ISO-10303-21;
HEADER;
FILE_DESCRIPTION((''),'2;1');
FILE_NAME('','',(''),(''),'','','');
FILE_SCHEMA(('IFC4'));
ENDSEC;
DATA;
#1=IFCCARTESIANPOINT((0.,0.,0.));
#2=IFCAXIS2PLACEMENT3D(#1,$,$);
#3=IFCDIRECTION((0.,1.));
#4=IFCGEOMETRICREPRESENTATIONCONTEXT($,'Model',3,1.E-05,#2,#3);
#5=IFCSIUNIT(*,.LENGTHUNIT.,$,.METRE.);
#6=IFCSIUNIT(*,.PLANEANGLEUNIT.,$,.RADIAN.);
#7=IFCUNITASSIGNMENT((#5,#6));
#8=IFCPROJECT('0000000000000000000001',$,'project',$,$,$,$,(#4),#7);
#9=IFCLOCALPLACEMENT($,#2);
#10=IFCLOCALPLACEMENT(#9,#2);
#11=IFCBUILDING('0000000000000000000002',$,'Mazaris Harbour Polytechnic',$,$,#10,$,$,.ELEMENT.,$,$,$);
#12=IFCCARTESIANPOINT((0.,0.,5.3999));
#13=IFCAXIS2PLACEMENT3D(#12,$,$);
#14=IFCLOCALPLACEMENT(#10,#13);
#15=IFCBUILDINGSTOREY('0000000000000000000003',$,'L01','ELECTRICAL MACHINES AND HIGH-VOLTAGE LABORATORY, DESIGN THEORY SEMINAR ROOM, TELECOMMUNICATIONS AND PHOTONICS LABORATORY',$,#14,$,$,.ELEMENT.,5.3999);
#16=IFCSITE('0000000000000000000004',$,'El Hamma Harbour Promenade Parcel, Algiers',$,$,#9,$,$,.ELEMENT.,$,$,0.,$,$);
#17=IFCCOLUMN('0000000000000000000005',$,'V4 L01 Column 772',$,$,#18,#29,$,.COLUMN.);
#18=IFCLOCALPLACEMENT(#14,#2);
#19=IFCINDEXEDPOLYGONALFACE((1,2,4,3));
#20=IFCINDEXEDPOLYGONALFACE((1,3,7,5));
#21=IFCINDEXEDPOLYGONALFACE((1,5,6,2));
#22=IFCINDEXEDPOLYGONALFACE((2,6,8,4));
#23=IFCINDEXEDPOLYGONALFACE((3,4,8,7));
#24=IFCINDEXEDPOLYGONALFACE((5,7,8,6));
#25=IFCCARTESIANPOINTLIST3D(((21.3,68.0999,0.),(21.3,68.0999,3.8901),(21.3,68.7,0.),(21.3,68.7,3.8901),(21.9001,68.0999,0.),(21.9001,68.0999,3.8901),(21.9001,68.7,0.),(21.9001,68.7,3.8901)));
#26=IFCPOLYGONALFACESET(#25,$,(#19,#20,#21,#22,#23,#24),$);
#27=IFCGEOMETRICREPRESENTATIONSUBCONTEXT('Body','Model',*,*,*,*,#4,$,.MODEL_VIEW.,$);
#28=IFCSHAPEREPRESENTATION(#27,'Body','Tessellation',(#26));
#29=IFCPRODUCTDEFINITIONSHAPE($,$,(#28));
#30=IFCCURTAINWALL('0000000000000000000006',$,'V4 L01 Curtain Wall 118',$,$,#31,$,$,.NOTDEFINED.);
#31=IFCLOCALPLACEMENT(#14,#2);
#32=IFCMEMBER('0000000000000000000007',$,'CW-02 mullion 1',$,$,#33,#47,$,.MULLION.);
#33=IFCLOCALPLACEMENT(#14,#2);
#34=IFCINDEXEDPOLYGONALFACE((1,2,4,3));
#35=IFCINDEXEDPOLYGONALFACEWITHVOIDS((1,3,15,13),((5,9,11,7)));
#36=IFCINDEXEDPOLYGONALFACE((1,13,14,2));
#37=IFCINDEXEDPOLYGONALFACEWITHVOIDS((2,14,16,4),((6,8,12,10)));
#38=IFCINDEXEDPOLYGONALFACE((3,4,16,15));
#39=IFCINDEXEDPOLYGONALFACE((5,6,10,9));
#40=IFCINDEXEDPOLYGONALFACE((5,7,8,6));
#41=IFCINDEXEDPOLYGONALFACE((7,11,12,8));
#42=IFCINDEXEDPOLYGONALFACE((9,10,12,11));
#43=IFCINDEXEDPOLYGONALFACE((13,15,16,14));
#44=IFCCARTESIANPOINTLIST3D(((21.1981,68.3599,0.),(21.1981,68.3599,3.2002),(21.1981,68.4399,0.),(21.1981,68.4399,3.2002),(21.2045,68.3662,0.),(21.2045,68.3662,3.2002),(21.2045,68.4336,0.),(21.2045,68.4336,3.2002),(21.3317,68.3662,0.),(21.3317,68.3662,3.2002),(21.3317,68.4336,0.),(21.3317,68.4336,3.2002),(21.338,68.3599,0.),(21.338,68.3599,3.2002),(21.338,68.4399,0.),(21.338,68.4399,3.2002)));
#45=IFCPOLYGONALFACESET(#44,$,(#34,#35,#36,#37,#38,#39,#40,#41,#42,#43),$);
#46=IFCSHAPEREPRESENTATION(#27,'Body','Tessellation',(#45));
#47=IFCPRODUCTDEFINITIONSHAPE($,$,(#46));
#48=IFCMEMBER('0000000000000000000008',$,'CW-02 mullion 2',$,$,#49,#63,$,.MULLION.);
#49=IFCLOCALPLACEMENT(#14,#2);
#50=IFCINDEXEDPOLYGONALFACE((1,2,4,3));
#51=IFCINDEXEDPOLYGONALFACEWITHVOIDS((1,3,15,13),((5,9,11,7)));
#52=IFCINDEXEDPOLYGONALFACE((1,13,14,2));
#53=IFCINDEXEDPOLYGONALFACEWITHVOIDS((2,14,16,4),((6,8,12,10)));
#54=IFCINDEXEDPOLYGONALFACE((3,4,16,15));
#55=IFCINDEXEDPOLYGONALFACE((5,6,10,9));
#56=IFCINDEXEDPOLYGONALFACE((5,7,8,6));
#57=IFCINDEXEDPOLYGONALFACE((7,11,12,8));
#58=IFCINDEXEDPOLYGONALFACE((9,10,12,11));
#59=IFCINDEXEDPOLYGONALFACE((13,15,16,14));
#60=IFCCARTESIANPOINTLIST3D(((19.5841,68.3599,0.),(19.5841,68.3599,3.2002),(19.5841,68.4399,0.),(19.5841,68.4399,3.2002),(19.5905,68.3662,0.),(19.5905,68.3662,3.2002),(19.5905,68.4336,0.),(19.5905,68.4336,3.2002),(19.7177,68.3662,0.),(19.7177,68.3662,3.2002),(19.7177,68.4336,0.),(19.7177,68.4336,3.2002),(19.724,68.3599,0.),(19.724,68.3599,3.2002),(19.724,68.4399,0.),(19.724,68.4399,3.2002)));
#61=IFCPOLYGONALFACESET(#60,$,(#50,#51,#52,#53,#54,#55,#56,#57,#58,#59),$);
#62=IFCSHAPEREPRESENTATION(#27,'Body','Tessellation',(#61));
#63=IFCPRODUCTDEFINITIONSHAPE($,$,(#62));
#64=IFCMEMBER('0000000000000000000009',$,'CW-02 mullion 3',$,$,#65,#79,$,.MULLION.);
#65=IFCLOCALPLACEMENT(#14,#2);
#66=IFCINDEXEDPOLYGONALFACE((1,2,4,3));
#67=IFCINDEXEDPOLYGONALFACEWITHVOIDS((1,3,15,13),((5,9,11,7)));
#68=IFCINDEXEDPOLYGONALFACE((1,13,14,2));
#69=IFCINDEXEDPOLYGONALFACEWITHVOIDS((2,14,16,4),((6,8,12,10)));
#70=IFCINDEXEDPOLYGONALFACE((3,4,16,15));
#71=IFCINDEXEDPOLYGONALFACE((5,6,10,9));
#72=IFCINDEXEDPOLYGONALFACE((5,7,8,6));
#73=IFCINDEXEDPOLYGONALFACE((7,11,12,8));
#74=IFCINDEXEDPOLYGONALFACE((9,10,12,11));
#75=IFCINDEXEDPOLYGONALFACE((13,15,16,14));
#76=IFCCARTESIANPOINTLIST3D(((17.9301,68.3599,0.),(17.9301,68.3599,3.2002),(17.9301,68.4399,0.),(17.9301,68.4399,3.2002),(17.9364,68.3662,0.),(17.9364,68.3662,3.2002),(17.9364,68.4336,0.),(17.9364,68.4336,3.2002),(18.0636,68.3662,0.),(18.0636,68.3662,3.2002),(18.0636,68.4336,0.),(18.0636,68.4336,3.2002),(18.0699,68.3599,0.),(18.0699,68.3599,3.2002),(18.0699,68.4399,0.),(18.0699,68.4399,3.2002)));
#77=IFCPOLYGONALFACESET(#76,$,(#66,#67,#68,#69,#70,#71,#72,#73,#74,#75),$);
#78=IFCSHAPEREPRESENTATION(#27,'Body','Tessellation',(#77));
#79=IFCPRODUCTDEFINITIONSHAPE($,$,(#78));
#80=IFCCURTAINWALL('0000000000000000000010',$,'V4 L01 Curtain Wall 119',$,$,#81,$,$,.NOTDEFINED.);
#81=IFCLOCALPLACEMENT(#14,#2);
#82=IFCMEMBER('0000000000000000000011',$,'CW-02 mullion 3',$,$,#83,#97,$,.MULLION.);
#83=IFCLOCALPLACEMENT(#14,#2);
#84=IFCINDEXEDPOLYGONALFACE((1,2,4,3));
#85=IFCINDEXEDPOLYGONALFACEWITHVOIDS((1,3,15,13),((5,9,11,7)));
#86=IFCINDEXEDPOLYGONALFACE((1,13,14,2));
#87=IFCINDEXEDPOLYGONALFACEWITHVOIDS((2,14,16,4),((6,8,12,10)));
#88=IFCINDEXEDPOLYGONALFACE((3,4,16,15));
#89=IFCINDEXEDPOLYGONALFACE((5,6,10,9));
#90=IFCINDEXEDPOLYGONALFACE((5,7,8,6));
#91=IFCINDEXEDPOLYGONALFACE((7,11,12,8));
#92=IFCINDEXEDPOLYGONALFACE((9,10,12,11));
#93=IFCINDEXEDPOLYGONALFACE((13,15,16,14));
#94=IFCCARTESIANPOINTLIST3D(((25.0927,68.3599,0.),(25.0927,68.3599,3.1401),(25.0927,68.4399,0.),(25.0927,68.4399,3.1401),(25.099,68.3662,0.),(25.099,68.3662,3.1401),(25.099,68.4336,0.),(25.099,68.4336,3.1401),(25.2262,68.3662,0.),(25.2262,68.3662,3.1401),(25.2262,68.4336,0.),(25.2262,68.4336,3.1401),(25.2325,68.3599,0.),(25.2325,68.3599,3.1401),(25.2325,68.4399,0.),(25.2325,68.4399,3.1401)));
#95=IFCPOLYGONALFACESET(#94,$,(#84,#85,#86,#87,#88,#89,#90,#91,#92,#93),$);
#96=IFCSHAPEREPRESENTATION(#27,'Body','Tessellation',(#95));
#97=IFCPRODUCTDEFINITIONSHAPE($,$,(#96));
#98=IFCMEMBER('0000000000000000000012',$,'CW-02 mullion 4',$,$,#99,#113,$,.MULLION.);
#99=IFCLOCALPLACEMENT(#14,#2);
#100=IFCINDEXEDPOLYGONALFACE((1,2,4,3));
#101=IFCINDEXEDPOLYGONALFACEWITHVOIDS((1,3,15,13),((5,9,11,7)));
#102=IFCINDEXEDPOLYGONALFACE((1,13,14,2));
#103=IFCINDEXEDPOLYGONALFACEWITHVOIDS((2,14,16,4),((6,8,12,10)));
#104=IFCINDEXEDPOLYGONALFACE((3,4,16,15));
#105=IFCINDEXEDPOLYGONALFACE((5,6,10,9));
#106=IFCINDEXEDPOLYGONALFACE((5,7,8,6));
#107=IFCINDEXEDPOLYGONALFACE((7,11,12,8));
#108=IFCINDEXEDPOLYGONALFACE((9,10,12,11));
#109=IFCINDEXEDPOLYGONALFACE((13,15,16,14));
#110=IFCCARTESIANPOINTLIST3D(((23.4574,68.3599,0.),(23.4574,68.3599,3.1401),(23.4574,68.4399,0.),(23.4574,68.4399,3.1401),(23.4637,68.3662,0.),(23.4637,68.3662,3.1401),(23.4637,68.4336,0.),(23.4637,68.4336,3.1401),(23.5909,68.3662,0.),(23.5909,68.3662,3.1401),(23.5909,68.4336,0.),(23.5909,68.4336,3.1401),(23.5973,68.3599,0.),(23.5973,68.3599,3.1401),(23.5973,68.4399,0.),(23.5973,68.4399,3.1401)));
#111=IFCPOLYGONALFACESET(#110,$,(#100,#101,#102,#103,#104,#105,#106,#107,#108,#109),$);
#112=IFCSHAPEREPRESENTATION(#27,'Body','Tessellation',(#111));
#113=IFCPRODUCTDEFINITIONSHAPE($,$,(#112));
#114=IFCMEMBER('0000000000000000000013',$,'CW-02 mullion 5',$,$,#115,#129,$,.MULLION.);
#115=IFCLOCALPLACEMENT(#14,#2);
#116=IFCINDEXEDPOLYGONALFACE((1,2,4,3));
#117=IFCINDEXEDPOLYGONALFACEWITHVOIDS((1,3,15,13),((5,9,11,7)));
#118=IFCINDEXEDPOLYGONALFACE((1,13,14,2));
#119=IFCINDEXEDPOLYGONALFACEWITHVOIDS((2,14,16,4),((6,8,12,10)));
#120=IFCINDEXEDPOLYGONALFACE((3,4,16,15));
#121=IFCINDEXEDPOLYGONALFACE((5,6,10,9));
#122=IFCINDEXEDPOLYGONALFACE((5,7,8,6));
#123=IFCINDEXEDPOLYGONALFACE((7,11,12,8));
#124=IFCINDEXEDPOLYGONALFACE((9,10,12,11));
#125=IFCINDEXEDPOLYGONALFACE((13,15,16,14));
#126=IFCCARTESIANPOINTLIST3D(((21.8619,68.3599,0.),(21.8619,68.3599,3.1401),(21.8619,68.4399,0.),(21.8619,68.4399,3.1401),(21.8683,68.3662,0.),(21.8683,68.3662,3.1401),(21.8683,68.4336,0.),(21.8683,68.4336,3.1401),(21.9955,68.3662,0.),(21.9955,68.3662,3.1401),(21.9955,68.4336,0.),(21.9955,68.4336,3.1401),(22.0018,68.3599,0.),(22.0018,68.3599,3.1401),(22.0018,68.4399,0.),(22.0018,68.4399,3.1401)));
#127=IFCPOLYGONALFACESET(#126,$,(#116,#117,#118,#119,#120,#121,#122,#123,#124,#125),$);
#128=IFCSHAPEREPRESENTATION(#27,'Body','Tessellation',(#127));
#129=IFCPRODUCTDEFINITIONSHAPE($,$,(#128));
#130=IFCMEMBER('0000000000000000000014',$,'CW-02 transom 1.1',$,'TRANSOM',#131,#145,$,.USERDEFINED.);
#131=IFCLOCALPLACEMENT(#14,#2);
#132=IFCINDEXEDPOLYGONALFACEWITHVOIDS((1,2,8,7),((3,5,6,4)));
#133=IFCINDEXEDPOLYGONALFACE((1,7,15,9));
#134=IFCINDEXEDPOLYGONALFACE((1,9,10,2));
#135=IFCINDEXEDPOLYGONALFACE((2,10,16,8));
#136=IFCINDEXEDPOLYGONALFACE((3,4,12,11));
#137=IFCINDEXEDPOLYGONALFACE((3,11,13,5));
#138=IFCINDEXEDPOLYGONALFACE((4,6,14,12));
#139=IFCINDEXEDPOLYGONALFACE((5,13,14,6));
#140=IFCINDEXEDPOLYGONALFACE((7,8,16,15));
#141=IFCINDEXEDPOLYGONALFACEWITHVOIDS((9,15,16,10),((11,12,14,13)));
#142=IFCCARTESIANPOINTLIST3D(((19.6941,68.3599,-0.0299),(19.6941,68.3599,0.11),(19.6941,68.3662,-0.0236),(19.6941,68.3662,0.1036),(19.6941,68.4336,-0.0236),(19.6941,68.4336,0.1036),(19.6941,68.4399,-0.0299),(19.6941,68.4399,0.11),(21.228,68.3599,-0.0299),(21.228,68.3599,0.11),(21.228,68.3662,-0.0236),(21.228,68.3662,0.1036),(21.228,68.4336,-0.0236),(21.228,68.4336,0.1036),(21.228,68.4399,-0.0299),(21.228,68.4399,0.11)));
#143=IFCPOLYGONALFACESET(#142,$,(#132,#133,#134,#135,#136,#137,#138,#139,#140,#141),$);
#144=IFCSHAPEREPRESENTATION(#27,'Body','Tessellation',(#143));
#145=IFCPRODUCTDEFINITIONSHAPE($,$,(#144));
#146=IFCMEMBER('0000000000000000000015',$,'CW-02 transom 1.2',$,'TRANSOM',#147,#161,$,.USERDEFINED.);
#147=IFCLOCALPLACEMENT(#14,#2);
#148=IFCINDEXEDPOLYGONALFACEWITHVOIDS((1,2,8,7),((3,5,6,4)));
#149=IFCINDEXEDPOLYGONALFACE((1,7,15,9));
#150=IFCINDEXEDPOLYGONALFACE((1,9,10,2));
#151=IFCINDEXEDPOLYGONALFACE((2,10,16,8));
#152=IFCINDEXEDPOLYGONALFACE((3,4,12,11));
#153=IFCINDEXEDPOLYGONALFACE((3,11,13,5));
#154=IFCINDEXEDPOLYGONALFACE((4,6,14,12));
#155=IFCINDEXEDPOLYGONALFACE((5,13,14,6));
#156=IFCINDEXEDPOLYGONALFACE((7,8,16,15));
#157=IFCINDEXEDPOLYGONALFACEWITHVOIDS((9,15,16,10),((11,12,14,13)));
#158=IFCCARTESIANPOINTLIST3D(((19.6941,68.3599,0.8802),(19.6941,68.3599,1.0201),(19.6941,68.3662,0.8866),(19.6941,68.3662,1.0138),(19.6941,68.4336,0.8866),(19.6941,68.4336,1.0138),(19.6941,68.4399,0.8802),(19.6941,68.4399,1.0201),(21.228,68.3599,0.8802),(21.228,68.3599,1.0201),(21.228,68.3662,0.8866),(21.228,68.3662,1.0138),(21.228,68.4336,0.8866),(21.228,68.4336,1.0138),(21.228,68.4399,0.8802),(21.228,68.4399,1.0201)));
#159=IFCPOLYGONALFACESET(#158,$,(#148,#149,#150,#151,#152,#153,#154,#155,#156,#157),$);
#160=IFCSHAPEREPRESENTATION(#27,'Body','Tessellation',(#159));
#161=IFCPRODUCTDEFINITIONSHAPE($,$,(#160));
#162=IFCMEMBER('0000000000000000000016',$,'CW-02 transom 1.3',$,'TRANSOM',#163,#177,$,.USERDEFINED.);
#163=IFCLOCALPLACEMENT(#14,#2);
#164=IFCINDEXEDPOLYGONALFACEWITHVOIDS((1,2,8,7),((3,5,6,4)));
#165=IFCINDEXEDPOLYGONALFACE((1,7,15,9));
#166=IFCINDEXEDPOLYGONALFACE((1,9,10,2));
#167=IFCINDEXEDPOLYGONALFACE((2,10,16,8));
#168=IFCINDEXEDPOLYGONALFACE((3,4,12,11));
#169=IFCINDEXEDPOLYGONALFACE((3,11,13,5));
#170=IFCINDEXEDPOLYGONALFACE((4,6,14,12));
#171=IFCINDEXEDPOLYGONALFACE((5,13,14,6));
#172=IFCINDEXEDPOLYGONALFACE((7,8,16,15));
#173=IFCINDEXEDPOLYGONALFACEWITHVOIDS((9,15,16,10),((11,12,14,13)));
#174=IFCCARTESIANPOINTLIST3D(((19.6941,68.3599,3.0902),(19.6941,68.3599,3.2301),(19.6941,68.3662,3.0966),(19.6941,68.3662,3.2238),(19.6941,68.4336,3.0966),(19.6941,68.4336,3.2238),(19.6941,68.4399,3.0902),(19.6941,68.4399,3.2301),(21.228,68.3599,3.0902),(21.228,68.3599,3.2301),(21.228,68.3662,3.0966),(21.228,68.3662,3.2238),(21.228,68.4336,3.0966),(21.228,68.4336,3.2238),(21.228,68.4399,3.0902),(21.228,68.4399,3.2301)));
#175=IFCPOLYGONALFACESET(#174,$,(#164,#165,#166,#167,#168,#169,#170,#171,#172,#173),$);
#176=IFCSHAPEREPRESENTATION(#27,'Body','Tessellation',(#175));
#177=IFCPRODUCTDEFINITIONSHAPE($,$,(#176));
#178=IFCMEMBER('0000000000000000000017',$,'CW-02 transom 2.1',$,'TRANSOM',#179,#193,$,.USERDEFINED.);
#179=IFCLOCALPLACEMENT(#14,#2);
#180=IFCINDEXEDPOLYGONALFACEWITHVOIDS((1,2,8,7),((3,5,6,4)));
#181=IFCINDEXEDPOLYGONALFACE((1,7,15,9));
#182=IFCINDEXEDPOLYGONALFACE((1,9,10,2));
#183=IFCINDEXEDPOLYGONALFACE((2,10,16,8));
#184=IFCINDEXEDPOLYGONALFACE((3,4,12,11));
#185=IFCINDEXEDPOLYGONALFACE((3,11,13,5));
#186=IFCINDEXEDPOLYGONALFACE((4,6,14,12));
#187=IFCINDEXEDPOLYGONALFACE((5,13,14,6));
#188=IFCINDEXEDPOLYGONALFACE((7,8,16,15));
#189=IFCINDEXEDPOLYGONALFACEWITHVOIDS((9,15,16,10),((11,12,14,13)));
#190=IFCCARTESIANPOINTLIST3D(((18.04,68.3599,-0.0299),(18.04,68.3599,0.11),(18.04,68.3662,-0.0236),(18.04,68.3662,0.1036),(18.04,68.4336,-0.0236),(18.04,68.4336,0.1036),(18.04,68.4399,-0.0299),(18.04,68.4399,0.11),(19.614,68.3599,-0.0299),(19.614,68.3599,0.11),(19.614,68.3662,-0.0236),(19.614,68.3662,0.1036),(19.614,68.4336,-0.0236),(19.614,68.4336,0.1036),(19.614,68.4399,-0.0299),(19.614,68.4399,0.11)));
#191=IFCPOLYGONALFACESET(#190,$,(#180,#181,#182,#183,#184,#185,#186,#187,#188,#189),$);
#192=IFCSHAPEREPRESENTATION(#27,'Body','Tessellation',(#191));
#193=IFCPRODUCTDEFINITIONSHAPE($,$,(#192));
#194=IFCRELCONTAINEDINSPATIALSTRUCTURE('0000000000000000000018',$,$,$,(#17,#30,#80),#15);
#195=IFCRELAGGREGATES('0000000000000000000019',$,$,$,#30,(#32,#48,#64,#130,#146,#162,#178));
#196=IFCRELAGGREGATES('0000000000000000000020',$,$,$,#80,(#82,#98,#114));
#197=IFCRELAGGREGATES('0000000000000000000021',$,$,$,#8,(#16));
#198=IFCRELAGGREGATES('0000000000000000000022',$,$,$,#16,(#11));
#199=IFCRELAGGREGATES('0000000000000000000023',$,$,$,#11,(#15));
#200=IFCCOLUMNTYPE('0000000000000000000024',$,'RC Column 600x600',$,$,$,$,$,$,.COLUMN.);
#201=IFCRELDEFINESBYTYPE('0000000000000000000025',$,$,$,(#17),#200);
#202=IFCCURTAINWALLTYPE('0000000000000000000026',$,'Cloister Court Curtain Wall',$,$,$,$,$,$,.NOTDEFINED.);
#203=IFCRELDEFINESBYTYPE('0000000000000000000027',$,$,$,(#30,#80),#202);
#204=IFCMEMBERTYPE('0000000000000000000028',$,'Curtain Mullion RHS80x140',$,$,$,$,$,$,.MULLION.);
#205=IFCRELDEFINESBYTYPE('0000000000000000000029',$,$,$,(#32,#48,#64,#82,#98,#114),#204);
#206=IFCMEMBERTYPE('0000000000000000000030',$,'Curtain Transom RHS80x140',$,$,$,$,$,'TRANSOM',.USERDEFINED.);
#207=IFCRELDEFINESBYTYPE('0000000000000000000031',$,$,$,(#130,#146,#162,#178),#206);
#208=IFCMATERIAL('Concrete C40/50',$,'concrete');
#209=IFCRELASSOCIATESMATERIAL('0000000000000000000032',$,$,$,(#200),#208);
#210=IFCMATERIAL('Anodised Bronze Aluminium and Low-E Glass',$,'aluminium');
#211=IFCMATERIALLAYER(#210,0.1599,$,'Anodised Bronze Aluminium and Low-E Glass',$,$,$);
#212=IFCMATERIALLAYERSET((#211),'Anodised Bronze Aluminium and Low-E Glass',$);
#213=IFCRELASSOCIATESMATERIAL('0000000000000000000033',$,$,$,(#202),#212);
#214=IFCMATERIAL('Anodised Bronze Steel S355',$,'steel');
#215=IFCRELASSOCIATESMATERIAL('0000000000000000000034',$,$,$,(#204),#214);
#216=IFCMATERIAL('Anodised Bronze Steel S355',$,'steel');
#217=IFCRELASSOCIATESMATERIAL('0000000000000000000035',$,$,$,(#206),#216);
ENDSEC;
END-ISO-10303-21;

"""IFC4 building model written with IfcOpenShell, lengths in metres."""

from ifc_helpers import new_model, si_unit, direction, frame, origin, origin_2d, place, context, subcontext, project, spatial, rectangle, hollow_rectangle, extrude, material, layer, layer_set, material_profile, profile_set, type_object, element, aggregate, save


model = new_model("IFC4")

# Units and contexts
model_context = context("Model", 3, precision=1e-05, world=origin(), true_north=direction((0.0, 1.0)))
body_context = subcontext(model_context, "Body", "Model", "MODEL_VIEW")
ifc_project = project(units=[si_unit("LENGTHUNIT", "METRE"), si_unit("PLANEANGLEUNIT", "RADIAN")], contexts=[model_context])

# Site, building, storey
site_placement = place(None, origin())
site = spatial("IfcSite", under=ifc_project, at=site_placement, Name="El Hamma Harbour Promenade Parcel, Algiers", CompositionType="ELEMENT", RefElevation=0.0)
building_placement = place(site_placement, origin())
building = spatial("IfcBuilding", under=site, at=building_placement, Name="Mazaris Harbour Polytechnic", CompositionType="ELEMENT")
storey_placement = place(building_placement, frame((0.0, 0.0, 5.3999)))
storey = spatial("IfcBuildingStorey", under=building, at=storey_placement, Name="L01", Description="ELECTRICAL MACHINES AND HIGH-VOLTAGE LABORATORY, DESIGN THEORY SEMINAR ROOM, TELECOMMUNICATIONS AND PHOTONICS LABORATORY", CompositionType="ELEMENT", Elevation=5.3999)

# Column
ifc_material_1 = material(Name="Concrete C40/50", Category="concrete")
ifc_material_profile_1 = material_profile(ifc_material_1, rectangle(XDim=0.6001, YDim=0.6001, at=origin_2d()), Name="RECT600x600")
ifc_profile_set_1 = profile_set([ifc_material_profile_1], Name="Concrete C40/50")
column_type = type_object("IfcColumnType", Name="RC Column 600x600", PredefinedType="COLUMN", material=ifc_profile_set_1)
column_placement = place(storey_placement, frame((21.6001, 68.3999, 0.0), z_axis=(0.0, 0.0, 1.0), x_axis=(1.0, 0.0, 0.0)))
element("IfcColumn", 1, at=column_placement, inside=storey, type_object=column_type, Name="V4 L01 Column 772", PredefinedType="COLUMN", context=body_context, shape_type="SweptSolid", body=[
    extrude(rectangle(XDim=0.6001, YDim=0.6001, at=origin_2d()), origin(), (0.0, 0.0, 1.0), 3.8901),
])

# Curtain walls, members
ifc_material_2 = material(Name="Anodised Bronze Aluminium and Low-E Glass", Category="aluminium")
ifc_layer_1 = layer(ifc_material_2, 0.1599, Name="Anodised Bronze Aluminium and Low-E Glass")
ifc_layer_set_1 = layer_set([ifc_layer_1], Name="Anodised Bronze Aluminium and Low-E Glass")
curtain_wall_type = type_object("IfcCurtainWallType", Name="Cloister Court Curtain Wall", PredefinedType="NOTDEFINED", material=ifc_layer_set_1)
curtain_wall_1_placement = place(storey_placement, origin())
curtain_wall_1 = element("IfcCurtainWall", 2, at=curtain_wall_1_placement, inside=storey, type_object=curtain_wall_type, Name="V4 L01 Curtain Wall 118", PredefinedType="NOTDEFINED")
ifc_material_3 = material(Name="Anodised Bronze Steel S355", Category="steel")
ifc_material_profile_2 = material_profile(ifc_material_3, hollow_rectangle(XDim=0.0801, YDim=0.1399, WallThickness=0.0063, at=origin_2d()), Name="RHS 80x140x6.3")
ifc_profile_set_2 = profile_set([ifc_material_profile_2], Name="Anodised Bronze Steel S355")
member_type_1 = type_object("IfcMemberType", Name="Curtain Mullion RHS80x140", PredefinedType="MULLION", material=ifc_profile_set_2)
member_1_placement = place(storey_placement, frame((21.2681, 68.3999, 0.0), z_axis=(0.0, 0.0, 1.0), x_axis=(0.0, -1.0, 0.0)))
member_1 = element("IfcMember", 3, at=member_1_placement, type_object=member_type_1, Name="CW-02 mullion 1", PredefinedType="MULLION", context=body_context, shape_type="SweptSolid", body=[
    extrude(hollow_rectangle(XDim=0.0801, YDim=0.1399, WallThickness=0.0063, at=origin_2d()), origin(), (0.0, 0.0, 1.0), 3.2002),
])
member_2_placement = place(storey_placement, frame((19.6541, 68.3999, 0.0), z_axis=(0.0, 0.0, 1.0), x_axis=(0.0, -1.0, 0.0)))
member_2 = element("IfcMember", 4, at=member_2_placement, type_object=member_type_1, Name="CW-02 mullion 2", PredefinedType="MULLION", context=body_context, shape_type="SweptSolid", body=[
    extrude(hollow_rectangle(XDim=0.0801, YDim=0.1399, WallThickness=0.0063, at=origin_2d()), origin(), (0.0, 0.0, 1.0), 3.2002),
])
member_3_placement = place(storey_placement, frame((18.0, 68.3999, 0.0), z_axis=(0.0, 0.0, 1.0), x_axis=(0.0, -1.0, 0.0)))
member_3 = element("IfcMember", 5, at=member_3_placement, type_object=member_type_1, Name="CW-02 mullion 3", PredefinedType="MULLION", context=body_context, shape_type="SweptSolid", body=[
    extrude(hollow_rectangle(XDim=0.0801, YDim=0.1399, WallThickness=0.0063, at=origin_2d()), origin(), (0.0, 0.0, 1.0), 3.2002),
])
curtain_wall_2_placement = place(storey_placement, origin())
curtain_wall_2 = element("IfcCurtainWall", 6, at=curtain_wall_2_placement, inside=storey, type_object=curtain_wall_type, Name="V4 L01 Curtain Wall 119", PredefinedType="NOTDEFINED")
member_4_placement = place(storey_placement, frame((25.1626, 68.3999, 0.0), z_axis=(0.0, 0.0, 1.0), x_axis=(0.0, -1.0, 0.0)))
member_4 = element("IfcMember", 7, at=member_4_placement, type_object=member_type_1, Name="CW-02 mullion 3", PredefinedType="MULLION", context=body_context, shape_type="SweptSolid", body=[
    extrude(hollow_rectangle(XDim=0.0801, YDim=0.1399, WallThickness=0.0063, at=origin_2d()), origin(), (0.0, 0.0, 1.0), 3.1401),
])
member_5_placement = place(storey_placement, frame((23.5273, 68.3999, 0.0), z_axis=(0.0, 0.0, 1.0), x_axis=(0.0, -1.0, 0.0)))
member_5 = element("IfcMember", 8, at=member_5_placement, type_object=member_type_1, Name="CW-02 mullion 4", PredefinedType="MULLION", context=body_context, shape_type="SweptSolid", body=[
    extrude(hollow_rectangle(XDim=0.0801, YDim=0.1399, WallThickness=0.0063, at=origin_2d()), origin(), (0.0, 0.0, 1.0), 3.1401),
])
member_6_placement = place(storey_placement, frame((21.9319, 68.3999, 0.0), z_axis=(0.0, 0.0, 1.0), x_axis=(0.0, -1.0, 0.0)))
member_6 = element("IfcMember", 9, at=member_6_placement, type_object=member_type_1, Name="CW-02 mullion 5", PredefinedType="MULLION", context=body_context, shape_type="SweptSolid", body=[
    extrude(hollow_rectangle(XDim=0.0801, YDim=0.1399, WallThickness=0.0063, at=origin_2d()), origin(), (0.0, 0.0, 1.0), 3.1401),
])

# Members
ifc_material_4 = material(Name="Anodised Bronze Steel S355", Category="steel")
ifc_material_profile_3 = material_profile(ifc_material_4, hollow_rectangle(XDim=0.0801, YDim=0.1399, WallThickness=0.0063, at=origin_2d()), Name="RHS 80x140x6.3")
ifc_profile_set_3 = profile_set([ifc_material_profile_3], Name="Anodised Bronze Steel S355")
member_type_2 = type_object("IfcMemberType", Name="Curtain Transom RHS80x140", ElementType="TRANSOM", PredefinedType="USERDEFINED", material=ifc_profile_set_3)
member_7_placement = place(storey_placement, frame((21.228, 68.3999, 0.04), z_axis=(-1.0, 0.0, 0.0), x_axis=(0.0, -1.0, 0.0)))
member_7 = element("IfcMember", 10, at=member_7_placement, type_object=member_type_2, Name="CW-02 transom 1.1", ObjectType="TRANSOM", PredefinedType="USERDEFINED", context=body_context, shape_type="SweptSolid", body=[
    extrude(hollow_rectangle(XDim=0.0801, YDim=0.1399, WallThickness=0.0063, at=origin_2d()), origin(), (0.0, 0.0, 1.0), 1.5339),
])
member_8_placement = place(storey_placement, frame((21.228, 68.3999, 0.9502), z_axis=(-1.0, 0.0, 0.0), x_axis=(0.0, -1.0, 0.0)))
member_8 = element("IfcMember", 11, at=member_8_placement, type_object=member_type_2, Name="CW-02 transom 1.2", ObjectType="TRANSOM", PredefinedType="USERDEFINED", context=body_context, shape_type="SweptSolid", body=[
    extrude(hollow_rectangle(XDim=0.0801, YDim=0.1399, WallThickness=0.0063, at=origin_2d()), origin(), (0.0, 0.0, 1.0), 1.5339),
])
member_9_placement = place(storey_placement, frame((21.228, 68.3999, 3.1602), z_axis=(-1.0, 0.0, 0.0), x_axis=(0.0, -1.0, 0.0)))
member_9 = element("IfcMember", 12, at=member_9_placement, type_object=member_type_2, Name="CW-02 transom 1.3", ObjectType="TRANSOM", PredefinedType="USERDEFINED", context=body_context, shape_type="SweptSolid", body=[
    extrude(hollow_rectangle(XDim=0.0801, YDim=0.1399, WallThickness=0.0063, at=origin_2d()), origin(), (0.0, 0.0, 1.0), 1.5339),
])
member_10_placement = place(storey_placement, frame((19.614, 68.3999, 0.04), z_axis=(-1.0, 0.0, 0.0), x_axis=(0.0, -1.0, 0.0)))
member_10 = element("IfcMember", 13, at=member_10_placement, type_object=member_type_2, Name="CW-02 transom 2.1", ObjectType="TRANSOM", PredefinedType="USERDEFINED", context=body_context, shape_type="SweptSolid", body=[
    extrude(hollow_rectangle(XDim=0.0801, YDim=0.1399, WallThickness=0.0063, at=origin_2d()), origin(), (0.0, 0.0, 1.0), 1.574),
])

aggregate(curtain_wall_1, [member_1, member_2, member_3, member_7, member_8, member_9, member_10])
aggregate(curtain_wall_2, [member_4, member_5, member_6])

save(model, "model.ifc")
